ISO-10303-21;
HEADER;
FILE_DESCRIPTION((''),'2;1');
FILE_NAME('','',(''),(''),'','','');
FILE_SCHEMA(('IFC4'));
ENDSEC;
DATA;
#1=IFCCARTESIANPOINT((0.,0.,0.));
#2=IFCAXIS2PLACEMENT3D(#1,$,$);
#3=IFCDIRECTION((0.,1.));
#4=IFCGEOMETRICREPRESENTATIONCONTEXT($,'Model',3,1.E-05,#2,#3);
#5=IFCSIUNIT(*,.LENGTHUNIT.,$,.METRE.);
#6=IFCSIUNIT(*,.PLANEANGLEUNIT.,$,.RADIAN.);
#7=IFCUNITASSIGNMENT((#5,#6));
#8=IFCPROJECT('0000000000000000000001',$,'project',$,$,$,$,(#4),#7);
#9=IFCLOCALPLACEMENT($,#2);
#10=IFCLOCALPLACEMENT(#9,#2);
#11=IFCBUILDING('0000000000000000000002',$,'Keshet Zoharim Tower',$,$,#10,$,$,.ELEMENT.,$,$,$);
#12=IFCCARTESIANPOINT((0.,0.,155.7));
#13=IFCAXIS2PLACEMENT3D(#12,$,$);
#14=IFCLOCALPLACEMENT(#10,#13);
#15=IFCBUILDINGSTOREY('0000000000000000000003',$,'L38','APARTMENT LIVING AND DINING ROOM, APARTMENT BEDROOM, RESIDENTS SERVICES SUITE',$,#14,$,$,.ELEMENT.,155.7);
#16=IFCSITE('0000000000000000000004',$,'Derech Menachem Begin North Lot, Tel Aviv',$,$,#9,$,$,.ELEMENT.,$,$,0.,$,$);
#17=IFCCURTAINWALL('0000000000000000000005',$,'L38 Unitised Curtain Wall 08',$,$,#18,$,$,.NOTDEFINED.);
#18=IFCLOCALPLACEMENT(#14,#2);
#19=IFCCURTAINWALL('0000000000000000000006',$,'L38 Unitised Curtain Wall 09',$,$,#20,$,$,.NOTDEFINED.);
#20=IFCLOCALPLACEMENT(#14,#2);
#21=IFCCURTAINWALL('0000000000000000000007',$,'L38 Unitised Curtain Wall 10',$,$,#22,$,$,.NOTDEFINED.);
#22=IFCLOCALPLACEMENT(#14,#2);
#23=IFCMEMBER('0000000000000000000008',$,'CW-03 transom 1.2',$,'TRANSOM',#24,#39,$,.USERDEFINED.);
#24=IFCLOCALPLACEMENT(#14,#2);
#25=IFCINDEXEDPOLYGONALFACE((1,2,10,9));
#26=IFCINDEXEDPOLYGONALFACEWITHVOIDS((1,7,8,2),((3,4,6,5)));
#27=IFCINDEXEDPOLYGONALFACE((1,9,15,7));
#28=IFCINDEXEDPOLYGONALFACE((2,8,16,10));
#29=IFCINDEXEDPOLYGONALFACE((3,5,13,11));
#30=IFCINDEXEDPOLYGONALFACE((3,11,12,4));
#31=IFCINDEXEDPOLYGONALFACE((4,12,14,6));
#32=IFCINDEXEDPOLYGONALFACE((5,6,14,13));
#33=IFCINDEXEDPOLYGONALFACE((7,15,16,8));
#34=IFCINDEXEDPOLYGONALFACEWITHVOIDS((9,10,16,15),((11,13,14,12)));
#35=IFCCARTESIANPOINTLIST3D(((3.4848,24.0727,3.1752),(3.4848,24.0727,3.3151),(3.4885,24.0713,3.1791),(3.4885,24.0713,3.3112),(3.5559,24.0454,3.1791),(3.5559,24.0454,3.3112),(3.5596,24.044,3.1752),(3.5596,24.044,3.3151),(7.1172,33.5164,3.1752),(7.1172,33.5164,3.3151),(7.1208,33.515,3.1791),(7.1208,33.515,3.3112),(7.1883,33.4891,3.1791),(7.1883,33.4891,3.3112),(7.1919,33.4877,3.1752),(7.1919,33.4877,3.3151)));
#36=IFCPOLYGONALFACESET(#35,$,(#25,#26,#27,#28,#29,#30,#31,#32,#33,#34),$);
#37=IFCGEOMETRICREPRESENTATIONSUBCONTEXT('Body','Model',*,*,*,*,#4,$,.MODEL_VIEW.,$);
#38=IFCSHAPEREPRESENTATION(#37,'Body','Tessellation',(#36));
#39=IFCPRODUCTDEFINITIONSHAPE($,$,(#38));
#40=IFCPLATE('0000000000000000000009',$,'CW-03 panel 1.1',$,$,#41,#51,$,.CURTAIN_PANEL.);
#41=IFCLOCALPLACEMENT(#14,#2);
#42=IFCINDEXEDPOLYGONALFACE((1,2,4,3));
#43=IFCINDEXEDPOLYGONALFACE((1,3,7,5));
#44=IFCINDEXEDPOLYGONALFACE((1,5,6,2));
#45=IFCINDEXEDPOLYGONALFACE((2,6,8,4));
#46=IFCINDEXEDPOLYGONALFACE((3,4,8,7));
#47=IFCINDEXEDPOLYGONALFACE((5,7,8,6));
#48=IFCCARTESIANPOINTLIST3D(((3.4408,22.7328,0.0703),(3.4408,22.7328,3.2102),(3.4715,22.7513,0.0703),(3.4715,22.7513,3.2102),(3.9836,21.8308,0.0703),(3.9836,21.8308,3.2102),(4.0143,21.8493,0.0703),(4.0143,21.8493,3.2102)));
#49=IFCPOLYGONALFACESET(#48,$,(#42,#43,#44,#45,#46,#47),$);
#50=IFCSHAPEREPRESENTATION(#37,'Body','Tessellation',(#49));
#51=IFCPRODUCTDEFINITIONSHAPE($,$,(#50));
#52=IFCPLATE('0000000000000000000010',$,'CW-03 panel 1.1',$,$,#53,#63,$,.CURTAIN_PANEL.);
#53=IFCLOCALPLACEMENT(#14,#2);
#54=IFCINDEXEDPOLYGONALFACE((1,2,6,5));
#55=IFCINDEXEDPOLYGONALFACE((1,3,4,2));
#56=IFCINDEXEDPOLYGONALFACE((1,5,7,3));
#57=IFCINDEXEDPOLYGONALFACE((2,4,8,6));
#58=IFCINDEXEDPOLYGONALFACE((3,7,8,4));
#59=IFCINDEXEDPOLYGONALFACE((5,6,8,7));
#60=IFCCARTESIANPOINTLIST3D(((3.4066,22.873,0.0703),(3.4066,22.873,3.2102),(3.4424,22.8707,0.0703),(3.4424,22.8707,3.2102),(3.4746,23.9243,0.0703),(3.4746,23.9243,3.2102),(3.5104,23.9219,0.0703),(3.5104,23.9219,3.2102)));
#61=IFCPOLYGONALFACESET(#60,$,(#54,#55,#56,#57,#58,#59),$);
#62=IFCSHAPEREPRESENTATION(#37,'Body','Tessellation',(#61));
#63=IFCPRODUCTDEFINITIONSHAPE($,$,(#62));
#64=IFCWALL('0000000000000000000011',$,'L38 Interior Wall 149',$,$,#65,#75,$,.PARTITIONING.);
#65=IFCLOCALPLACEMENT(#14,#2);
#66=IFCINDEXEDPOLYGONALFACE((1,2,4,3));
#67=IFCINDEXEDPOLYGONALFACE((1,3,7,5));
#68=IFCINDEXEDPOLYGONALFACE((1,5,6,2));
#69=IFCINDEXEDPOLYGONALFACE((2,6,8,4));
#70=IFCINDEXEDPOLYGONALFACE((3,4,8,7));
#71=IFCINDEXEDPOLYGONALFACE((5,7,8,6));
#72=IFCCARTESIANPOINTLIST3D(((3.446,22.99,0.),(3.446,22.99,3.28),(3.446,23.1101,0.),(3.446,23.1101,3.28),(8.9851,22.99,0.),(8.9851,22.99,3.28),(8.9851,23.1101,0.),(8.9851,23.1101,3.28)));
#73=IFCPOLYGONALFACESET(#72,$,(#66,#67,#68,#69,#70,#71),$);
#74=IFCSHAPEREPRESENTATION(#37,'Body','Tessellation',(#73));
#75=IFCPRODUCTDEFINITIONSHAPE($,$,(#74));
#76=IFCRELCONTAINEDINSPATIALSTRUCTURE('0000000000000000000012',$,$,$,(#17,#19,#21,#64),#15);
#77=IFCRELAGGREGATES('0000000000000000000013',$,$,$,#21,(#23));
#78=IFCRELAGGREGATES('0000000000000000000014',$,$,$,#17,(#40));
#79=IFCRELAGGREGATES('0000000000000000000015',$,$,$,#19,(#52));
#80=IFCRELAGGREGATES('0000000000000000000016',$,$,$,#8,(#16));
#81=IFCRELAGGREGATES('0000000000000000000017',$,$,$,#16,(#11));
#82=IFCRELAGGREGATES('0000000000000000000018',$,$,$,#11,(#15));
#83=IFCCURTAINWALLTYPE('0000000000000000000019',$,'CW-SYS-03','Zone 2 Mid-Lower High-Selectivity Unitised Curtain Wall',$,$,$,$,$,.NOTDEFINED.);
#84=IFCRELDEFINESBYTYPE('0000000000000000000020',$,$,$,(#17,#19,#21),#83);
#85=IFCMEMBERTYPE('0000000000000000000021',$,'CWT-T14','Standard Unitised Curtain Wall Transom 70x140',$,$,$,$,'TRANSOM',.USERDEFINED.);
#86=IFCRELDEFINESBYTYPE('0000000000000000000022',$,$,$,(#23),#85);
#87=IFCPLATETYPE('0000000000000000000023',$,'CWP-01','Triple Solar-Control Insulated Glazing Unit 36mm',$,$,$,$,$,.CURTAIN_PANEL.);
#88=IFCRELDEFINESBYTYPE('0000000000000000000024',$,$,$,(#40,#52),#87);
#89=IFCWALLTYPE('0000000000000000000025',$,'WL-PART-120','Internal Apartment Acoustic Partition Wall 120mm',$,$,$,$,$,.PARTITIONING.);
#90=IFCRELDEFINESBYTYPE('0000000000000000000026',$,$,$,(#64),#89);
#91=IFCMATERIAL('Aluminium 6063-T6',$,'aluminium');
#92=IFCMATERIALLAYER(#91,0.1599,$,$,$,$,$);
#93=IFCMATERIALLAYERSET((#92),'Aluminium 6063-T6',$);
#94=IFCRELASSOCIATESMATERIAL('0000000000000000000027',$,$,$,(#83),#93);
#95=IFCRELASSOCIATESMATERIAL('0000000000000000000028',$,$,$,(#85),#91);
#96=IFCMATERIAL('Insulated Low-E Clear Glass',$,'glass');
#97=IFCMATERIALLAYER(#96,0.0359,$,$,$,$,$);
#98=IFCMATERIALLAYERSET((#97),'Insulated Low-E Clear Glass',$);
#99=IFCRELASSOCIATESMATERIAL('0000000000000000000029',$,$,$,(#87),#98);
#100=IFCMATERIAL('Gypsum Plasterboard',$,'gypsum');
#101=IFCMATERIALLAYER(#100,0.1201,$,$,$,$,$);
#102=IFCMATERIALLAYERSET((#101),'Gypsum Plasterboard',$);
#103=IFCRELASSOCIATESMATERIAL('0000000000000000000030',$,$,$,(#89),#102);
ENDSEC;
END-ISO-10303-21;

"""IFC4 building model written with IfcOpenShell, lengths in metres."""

from ifc_helpers import new_model, si_unit, direction, frame, frame_2d, origin, origin_2d, place, context, subcontext, project, spatial, rectangle, hollow_rectangle, extrude, material, layer, layer_set, material_profile, profile_set, type_object, element, aggregate, save


model = new_model("IFC4")

# Units and contexts
model_context = context("Model", 3, precision=1e-05, world=origin(), true_north=direction((0.0, 1.0)))
body_context = subcontext(model_context, "Body", "Model", "MODEL_VIEW")
ifc_project = project(units=[si_unit("LENGTHUNIT", "METRE"), si_unit("PLANEANGLEUNIT", "RADIAN")], contexts=[model_context])

# Site, building, storey
site_placement = place(None, origin())
site = spatial("IfcSite", under=ifc_project, at=site_placement, Name="Derech Menachem Begin North Lot, Tel Aviv", CompositionType="ELEMENT", RefElevation=0.0)
building_placement = place(site_placement, origin())
building = spatial("IfcBuilding", under=site, at=building_placement, Name="Keshet Zoharim Tower", CompositionType="ELEMENT")
storey_placement = place(building_placement, frame((0.0, 0.0, 155.7)))
storey = spatial("IfcBuildingStorey", under=building, at=storey_placement, Name="L38", Description="APARTMENT LIVING AND DINING ROOM, APARTMENT BEDROOM, RESIDENTS SERVICES SUITE", CompositionType="ELEMENT", Elevation=155.7)

# Shared definitions
ifc_material_1 = material(Name="Aluminium 6063-T6", Category="aluminium")
ifc_layer_1 = layer(ifc_material_1, 0.1599)
ifc_layer_set_1 = layer_set([ifc_layer_1], Name="Aluminium 6063-T6")
curtain_wall_type = type_object("IfcCurtainWallType", Name="CW-SYS-03", Description="Zone 2 Mid-Lower High-Selectivity Unitised Curtain Wall", PredefinedType="NOTDEFINED", material=ifc_layer_set_1)

# Curtain walls
curtain_wall_1_placement = place(storey_placement, origin())
curtain_wall_1 = element("IfcCurtainWall", 1, at=curtain_wall_1_placement, inside=storey, type_object=curtain_wall_type, Name="L38 Unitised Curtain Wall 08", PredefinedType="NOTDEFINED")
curtain_wall_2_placement = place(storey_placement, origin())
curtain_wall_2 = element("IfcCurtainWall", 2, at=curtain_wall_2_placement, inside=storey, type_object=curtain_wall_type, Name="L38 Unitised Curtain Wall 09", PredefinedType="NOTDEFINED")

# Curtain wall
curtain_wall_3_placement = place(storey_placement, origin())
curtain_wall_3 = element("IfcCurtainWall", 3, at=curtain_wall_3_placement, inside=storey, type_object=curtain_wall_type, Name="L38 Unitised Curtain Wall 10", PredefinedType="NOTDEFINED")

# Member
ifc_material_profile_1 = material_profile(ifc_material_1, hollow_rectangle(XDim=0.0801, YDim=0.1399, WallThickness=0.0039, at=origin_2d()), Name="TRN-80x140")
ifc_profile_set_1 = profile_set([ifc_material_profile_1], Name="Aluminium 6063-T6")
member_type_1 = type_object("IfcMemberType", Name="CWT-T14", Description="Standard Unitised Curtain Wall Transom 70x140", ElementType="TRANSOM", PredefinedType="USERDEFINED", material=ifc_profile_set_1)
member_1_placement = place(storey_placement, frame((3.5222, 24.0583, 3.2451), z_axis=(0.358994, 0.93334, 0.0), x_axis=(-0.93334, 0.358994, 0.0)))
member_1 = element("IfcMember", 4, at=member_1_placement, type_object=member_type_1, Name="CW-03 transom 1.2", ObjectType="TRANSOM", PredefinedType="USERDEFINED", context=body_context, shape_type="SweptSolid", body=[
    extrude(hollow_rectangle(XDim=0.0801, YDim=0.1399, WallThickness=0.0039, at=origin_2d()), origin(), (0.0, 0.0, 1.0), 10.1182),
])
aggregate(curtain_wall_3, [member_1])

# Plates
ifc_material_2 = material(Name="Insulated Low-E Clear Glass", Category="glass")
ifc_layer_2 = layer(ifc_material_2, 0.0359)
ifc_layer_set_2 = layer_set([ifc_layer_2], Name="Insulated Low-E Clear Glass")
plate_type = type_object("IfcPlateType", Name="CWP-01", Description="Triple Solar-Control Insulated Glazing Unit 36mm", PredefinedType="CURTAIN_PANEL", material=ifc_layer_set_2)
plate_1_placement = place(storey_placement, frame((3.7275, 22.291, 0.0703), z_axis=(0.0, 0.0, 1.0), x_axis=(-0.515605, 0.856826, 0.0)))
plate_1 = element("IfcPlate", 5, at=plate_1_placement, type_object=plate_type, Name="CW-03 panel 1.1", PredefinedType="CURTAIN_PANEL", context=body_context, shape_type="SweptSolid", body=[
    extrude(rectangle(XDim=1.0527, YDim=0.0359, at=origin_2d()), origin(), (0.0, 0.0, 1.0), 3.1399),
])
aggregate(curtain_wall_1, [plate_1])
plate_2_placement = place(storey_placement, frame((3.4585, 23.3975, 0.0703), z_axis=(0.0, 0.0, 1.0), x_axis=(0.064517, 0.997917, 0.0)))
plate_2 = element("IfcPlate", 6, at=plate_2_placement, type_object=plate_type, Name="CW-03 panel 1.1", PredefinedType="CURTAIN_PANEL", context=body_context, shape_type="SweptSolid", body=[
    extrude(rectangle(XDim=1.0535, YDim=0.0359, at=origin_2d()), origin(), (0.0, 0.0, 1.0), 3.1399),
])
aggregate(curtain_wall_2, [plate_2])

# Wall
ifc_material_3 = material(Name="Gypsum Plasterboard", Category="gypsum")
ifc_layer_3 = layer(ifc_material_3, 0.1201)
ifc_layer_set_3 = layer_set([ifc_layer_3], Name="Gypsum Plasterboard")
wall_type = type_object("IfcWallType", Name="WL-PART-120", Description="Internal Apartment Acoustic Partition Wall 120mm", PredefinedType="PARTITIONING", material=ifc_layer_set_3)
wall_placement = place(storey_placement, frame((3.446, 23.05, 0.0), z_axis=(0.0, 0.0, 1.0), x_axis=(1.0, 0.0, 0.0)))
element("IfcWall", 7, at=wall_placement, inside=storey, type_object=wall_type, Name="L38 Interior Wall 149", PredefinedType="PARTITIONING", context=body_context, shape_type="SweptSolid", body=[
    extrude(rectangle(XDim=5.5391, YDim=0.1201, at=frame_2d((2.7695, 0.0))), origin(), (0.0, 0.0, 1.0), 3.28),
])

save(model, "model.ifc")
